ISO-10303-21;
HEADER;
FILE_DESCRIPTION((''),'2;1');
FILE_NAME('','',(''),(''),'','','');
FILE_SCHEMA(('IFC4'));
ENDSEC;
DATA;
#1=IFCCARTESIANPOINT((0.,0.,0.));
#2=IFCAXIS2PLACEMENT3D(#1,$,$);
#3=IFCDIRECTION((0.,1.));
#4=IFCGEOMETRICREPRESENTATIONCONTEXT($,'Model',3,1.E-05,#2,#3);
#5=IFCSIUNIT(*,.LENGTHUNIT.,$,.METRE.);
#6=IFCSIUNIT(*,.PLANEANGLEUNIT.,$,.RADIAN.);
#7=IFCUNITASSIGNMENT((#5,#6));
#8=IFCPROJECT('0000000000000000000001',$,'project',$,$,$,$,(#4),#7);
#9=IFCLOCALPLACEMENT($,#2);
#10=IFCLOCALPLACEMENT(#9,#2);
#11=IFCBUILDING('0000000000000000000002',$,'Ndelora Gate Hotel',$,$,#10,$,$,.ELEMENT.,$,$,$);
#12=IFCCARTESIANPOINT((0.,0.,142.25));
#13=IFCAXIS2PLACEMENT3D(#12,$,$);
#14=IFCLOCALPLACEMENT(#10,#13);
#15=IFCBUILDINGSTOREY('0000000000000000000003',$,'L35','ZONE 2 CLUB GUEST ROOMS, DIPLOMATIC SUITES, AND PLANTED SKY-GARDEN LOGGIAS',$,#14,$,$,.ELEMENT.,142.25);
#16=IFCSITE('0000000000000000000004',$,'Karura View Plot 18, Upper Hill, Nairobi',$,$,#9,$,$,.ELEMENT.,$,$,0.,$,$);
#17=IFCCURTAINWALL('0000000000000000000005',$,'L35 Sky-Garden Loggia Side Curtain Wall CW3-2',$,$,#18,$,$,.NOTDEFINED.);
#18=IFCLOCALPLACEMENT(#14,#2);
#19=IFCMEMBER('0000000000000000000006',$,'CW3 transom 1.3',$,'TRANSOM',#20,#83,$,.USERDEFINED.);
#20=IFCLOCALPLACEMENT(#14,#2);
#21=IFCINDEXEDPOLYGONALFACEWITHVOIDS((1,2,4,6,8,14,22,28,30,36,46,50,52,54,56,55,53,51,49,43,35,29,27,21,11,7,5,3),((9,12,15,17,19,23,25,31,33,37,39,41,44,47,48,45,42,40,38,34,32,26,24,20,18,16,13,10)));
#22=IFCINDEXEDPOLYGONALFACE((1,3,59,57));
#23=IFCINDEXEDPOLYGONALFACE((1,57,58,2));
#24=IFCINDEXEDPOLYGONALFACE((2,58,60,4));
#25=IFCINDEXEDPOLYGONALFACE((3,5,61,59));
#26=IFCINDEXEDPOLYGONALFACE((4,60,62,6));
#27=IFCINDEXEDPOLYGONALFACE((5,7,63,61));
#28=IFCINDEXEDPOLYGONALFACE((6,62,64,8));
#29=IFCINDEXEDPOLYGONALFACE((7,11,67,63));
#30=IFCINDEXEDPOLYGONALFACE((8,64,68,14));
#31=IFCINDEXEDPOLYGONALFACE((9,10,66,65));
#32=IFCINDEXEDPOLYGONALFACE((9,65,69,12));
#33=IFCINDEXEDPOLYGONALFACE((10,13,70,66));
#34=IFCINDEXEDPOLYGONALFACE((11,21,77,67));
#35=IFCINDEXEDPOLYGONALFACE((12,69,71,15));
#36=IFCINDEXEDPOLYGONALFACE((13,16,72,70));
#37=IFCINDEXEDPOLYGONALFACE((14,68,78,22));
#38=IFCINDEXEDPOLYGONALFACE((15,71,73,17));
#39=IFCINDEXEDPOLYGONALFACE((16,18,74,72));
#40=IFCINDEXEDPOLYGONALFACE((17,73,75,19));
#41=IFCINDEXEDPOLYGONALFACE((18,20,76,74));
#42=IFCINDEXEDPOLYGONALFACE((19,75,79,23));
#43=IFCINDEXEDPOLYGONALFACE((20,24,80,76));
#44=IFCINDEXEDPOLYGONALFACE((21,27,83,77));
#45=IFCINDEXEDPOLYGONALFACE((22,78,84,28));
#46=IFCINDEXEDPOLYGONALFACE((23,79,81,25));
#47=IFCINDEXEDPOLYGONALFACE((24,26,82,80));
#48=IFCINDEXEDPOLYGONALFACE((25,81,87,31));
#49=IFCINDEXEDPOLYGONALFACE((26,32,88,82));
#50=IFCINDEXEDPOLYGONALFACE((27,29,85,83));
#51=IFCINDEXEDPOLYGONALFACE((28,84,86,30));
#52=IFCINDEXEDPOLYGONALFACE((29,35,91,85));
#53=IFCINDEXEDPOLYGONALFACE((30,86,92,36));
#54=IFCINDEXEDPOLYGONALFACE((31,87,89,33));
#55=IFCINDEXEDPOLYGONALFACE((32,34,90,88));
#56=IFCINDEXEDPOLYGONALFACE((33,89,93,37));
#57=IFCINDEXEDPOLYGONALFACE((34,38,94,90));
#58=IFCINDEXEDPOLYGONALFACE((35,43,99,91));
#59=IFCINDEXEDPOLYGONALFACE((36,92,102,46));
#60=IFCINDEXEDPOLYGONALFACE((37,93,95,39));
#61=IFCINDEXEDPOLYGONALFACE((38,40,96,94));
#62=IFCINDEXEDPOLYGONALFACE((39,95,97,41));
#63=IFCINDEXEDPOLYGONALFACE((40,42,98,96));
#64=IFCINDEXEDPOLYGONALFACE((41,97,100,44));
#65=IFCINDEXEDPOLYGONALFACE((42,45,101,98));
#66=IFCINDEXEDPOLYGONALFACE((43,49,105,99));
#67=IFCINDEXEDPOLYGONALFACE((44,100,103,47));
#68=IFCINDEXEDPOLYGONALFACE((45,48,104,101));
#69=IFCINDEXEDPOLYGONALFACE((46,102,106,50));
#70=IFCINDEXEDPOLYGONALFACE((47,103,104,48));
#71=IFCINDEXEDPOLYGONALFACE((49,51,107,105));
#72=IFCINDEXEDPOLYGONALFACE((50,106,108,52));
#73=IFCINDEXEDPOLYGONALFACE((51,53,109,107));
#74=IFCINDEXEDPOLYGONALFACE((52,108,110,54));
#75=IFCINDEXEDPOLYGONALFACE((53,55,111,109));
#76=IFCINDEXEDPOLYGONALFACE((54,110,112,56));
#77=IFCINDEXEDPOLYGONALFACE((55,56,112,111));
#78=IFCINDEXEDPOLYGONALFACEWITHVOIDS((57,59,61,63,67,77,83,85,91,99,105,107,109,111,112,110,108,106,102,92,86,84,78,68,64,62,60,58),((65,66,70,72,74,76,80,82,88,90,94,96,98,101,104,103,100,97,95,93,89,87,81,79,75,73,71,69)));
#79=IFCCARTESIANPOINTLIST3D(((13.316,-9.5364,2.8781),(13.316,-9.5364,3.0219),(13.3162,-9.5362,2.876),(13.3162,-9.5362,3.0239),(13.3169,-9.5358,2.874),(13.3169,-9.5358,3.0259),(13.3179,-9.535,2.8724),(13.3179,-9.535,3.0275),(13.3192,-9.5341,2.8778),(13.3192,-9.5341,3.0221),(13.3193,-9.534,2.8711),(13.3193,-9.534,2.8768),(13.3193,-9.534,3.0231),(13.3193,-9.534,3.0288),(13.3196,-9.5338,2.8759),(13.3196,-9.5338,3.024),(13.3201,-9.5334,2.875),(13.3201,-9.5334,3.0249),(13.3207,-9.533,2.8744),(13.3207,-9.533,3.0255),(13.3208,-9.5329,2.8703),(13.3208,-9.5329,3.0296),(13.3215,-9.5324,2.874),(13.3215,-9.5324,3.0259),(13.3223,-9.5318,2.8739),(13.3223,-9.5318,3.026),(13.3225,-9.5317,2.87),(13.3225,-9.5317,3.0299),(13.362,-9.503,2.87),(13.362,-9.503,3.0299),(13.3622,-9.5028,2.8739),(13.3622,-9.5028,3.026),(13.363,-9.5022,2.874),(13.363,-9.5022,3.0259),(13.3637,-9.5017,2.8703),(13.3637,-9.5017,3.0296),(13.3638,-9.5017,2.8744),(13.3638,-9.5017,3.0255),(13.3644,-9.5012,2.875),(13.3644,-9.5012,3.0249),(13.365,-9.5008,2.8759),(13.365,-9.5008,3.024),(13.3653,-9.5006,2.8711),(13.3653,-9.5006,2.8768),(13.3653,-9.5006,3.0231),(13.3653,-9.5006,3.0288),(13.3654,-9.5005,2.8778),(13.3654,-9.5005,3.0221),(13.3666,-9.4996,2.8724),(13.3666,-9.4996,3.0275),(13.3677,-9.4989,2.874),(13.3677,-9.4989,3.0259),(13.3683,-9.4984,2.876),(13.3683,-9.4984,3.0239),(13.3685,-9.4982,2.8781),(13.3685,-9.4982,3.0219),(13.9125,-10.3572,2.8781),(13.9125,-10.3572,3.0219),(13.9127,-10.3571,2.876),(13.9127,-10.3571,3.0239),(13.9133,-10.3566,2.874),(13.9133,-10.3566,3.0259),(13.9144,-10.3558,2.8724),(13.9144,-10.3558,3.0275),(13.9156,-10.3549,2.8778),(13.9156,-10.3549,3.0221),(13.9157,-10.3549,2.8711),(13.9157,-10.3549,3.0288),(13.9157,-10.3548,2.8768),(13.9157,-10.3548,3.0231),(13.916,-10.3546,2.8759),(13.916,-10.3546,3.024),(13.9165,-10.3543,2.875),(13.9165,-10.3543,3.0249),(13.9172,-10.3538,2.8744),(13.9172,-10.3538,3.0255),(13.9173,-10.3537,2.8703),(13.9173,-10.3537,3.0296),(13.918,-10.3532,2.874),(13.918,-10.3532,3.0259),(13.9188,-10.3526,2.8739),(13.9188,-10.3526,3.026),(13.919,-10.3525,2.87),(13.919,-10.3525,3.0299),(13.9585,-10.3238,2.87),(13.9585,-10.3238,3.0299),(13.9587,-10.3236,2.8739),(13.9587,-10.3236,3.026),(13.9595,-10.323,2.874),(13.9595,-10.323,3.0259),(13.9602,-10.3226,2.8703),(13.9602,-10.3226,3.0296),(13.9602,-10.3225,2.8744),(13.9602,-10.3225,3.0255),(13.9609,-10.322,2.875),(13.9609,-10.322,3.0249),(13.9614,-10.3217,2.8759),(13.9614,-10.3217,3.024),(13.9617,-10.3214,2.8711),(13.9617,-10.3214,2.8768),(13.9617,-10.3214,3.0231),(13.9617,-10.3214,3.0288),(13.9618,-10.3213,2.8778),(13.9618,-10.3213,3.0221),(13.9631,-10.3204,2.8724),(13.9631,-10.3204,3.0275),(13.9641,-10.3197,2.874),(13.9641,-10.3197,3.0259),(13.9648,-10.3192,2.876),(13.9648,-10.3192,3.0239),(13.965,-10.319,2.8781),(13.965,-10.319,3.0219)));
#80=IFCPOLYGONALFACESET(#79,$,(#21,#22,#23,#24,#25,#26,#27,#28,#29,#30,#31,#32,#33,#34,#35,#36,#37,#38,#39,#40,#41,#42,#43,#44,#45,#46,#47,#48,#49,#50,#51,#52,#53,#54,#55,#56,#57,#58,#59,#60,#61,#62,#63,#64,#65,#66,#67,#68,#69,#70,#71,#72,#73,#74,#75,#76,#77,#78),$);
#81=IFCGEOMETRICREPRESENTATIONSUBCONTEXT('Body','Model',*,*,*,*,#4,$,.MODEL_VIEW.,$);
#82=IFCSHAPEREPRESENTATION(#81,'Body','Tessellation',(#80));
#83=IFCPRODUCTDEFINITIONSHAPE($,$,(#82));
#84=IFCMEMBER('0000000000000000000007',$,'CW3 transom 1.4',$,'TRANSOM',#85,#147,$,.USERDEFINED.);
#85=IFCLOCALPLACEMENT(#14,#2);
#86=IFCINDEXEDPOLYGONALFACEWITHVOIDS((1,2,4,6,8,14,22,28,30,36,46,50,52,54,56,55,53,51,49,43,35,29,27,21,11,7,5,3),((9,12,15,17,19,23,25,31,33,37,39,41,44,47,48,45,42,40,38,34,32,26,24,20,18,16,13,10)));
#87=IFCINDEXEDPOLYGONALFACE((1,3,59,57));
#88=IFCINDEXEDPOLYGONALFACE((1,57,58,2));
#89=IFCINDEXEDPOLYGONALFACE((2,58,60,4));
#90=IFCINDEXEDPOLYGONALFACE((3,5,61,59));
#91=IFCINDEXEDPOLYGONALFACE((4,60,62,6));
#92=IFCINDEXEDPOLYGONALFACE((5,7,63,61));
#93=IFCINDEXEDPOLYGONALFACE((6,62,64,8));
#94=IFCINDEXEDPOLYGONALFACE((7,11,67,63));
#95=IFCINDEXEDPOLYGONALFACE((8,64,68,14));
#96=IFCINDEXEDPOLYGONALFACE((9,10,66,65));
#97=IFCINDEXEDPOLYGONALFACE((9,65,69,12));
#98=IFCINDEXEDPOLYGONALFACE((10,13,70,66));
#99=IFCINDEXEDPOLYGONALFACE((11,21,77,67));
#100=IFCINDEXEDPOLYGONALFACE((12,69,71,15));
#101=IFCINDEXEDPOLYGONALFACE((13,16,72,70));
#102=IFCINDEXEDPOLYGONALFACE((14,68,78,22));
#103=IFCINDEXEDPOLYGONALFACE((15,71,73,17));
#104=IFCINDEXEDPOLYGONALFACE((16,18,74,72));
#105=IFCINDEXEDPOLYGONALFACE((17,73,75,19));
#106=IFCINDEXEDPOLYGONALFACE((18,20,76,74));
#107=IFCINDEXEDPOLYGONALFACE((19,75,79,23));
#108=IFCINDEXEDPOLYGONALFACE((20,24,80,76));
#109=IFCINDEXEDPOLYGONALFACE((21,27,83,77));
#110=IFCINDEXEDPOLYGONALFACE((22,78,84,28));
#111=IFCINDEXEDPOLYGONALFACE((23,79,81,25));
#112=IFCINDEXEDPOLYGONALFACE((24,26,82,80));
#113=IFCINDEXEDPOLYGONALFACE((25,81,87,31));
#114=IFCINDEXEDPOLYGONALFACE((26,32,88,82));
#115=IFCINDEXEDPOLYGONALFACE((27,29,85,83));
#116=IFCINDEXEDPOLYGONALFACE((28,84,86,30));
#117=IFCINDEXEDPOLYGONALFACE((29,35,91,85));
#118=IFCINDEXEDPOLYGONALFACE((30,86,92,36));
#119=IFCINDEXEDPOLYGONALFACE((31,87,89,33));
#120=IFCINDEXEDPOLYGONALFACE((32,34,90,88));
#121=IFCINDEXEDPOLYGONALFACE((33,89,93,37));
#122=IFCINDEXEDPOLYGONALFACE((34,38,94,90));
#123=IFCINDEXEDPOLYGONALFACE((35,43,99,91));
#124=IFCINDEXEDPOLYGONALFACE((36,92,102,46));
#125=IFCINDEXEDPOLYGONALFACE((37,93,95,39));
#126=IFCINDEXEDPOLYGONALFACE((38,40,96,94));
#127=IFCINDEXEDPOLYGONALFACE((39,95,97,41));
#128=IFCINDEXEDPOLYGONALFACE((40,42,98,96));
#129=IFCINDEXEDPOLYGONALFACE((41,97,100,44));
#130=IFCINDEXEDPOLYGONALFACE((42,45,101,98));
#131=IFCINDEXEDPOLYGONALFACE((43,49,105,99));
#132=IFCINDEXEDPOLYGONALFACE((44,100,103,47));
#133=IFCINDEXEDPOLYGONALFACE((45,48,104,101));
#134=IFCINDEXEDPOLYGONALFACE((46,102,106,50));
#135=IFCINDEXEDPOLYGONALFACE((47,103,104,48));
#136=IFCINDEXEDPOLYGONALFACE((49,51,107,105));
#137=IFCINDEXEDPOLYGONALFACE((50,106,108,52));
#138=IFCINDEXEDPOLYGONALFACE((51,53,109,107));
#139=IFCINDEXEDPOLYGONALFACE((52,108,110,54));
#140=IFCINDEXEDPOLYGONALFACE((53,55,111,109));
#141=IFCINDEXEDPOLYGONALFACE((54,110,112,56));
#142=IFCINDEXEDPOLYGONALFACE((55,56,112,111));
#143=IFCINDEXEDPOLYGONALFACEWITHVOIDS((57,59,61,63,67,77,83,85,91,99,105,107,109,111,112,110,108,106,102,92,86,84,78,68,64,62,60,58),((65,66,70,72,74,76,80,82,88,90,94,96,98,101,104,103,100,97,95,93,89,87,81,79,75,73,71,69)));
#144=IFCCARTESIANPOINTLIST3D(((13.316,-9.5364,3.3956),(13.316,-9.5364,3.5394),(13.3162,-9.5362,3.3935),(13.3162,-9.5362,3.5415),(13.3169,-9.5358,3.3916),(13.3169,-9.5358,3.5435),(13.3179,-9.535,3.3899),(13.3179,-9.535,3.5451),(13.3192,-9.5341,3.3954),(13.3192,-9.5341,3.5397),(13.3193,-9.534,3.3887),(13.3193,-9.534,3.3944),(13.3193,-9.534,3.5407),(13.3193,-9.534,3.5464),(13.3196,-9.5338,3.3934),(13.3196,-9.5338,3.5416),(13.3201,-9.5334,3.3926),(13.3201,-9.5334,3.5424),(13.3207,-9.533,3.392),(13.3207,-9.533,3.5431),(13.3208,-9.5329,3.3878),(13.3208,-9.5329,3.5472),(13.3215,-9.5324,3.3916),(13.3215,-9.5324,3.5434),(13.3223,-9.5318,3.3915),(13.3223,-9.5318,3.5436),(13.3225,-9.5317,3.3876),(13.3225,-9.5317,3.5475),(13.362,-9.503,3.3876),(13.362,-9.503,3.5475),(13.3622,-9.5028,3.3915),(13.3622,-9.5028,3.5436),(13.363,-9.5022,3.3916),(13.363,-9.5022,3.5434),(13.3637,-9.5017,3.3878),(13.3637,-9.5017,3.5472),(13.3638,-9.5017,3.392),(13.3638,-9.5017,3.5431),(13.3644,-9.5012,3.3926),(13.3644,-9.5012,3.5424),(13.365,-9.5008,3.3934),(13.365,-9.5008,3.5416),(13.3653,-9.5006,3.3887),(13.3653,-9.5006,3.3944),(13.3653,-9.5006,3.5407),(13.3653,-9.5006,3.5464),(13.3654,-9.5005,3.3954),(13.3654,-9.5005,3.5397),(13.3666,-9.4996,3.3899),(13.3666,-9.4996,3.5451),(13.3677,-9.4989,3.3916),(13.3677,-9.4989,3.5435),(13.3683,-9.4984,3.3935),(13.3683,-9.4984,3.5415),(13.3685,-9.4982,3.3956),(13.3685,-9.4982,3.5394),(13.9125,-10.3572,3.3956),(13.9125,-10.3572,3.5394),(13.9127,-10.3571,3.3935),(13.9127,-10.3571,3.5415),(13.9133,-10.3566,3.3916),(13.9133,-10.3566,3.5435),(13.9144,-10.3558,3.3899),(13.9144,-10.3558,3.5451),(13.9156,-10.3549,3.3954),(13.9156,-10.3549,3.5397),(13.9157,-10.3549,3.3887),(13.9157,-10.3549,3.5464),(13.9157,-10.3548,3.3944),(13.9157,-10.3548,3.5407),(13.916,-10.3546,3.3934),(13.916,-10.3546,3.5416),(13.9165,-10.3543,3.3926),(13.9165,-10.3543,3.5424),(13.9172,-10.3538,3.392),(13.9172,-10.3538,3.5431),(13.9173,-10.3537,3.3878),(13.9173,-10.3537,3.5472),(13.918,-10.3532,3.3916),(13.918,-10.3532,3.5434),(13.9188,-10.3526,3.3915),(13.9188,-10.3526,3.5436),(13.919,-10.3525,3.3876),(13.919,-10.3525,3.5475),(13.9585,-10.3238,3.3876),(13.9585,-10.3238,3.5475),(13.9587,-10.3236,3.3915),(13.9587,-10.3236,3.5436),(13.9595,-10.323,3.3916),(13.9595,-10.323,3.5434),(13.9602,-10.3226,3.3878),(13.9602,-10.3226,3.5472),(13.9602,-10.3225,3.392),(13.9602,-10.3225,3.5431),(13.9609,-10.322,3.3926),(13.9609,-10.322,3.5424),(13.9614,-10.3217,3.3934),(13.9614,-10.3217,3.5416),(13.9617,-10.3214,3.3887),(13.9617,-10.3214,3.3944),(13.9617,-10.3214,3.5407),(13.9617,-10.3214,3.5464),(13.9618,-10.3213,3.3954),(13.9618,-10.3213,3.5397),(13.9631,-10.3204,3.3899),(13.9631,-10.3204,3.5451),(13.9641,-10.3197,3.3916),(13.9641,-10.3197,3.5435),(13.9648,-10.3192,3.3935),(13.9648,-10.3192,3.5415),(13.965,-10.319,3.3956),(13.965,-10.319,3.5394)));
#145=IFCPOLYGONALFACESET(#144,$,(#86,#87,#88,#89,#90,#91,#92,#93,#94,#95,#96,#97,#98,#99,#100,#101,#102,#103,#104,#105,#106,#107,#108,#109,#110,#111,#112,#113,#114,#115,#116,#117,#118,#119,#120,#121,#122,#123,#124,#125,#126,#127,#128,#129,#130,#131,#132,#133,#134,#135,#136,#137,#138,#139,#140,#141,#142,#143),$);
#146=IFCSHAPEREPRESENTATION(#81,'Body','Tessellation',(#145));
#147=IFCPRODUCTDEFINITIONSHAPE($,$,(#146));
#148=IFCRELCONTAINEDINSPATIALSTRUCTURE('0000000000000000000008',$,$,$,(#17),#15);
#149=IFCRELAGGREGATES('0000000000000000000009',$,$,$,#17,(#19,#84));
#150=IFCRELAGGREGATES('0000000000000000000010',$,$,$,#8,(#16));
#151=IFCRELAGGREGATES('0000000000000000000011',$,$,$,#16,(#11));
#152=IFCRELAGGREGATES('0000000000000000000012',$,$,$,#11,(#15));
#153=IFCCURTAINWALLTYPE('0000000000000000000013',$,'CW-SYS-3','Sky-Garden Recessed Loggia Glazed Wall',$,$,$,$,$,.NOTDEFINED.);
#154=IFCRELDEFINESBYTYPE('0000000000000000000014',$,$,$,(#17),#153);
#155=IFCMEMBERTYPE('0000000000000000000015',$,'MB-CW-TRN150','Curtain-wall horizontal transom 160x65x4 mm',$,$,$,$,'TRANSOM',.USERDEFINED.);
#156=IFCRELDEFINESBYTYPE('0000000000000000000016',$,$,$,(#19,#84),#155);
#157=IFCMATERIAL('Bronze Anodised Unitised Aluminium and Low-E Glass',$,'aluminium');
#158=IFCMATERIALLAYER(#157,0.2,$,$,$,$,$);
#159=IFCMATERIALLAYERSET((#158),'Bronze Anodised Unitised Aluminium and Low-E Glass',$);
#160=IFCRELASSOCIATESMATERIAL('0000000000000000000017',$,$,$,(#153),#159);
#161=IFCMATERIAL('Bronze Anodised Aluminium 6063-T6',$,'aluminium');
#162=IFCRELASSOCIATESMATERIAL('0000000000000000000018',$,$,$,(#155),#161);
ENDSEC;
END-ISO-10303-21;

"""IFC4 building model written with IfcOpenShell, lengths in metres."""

from ifc_helpers import new_model, si_unit, direction, frame, origin, origin_2d, place, context, subcontext, project, spatial, hollow_rectangle, extrude, material, layer, layer_set, material_profile, profile_set, type_object, element, aggregate, save


model = new_model("IFC4")

# Units and contexts
model_context = context("Model", 3, precision=1e-05, world=origin(), true_north=direction((0.0, 1.0)))
body_context = subcontext(model_context, "Body", "Model", "MODEL_VIEW")
ifc_project = project(units=[si_unit("LENGTHUNIT", "METRE"), si_unit("PLANEANGLEUNIT", "RADIAN")], contexts=[model_context])

# Site, building, storey
site_placement = place(None, origin())
site = spatial("IfcSite", under=ifc_project, at=site_placement, Name="Karura View Plot 18, Upper Hill, Nairobi", CompositionType="ELEMENT", RefElevation=0.0)
building_placement = place(site_placement, origin())
building = spatial("IfcBuilding", under=site, at=building_placement, Name="Ndelora Gate Hotel", CompositionType="ELEMENT")
storey_placement = place(building_placement, frame((0.0, 0.0, 142.25)))
storey = spatial("IfcBuildingStorey", under=building, at=storey_placement, Name="L35", Description="ZONE 2 CLUB GUEST ROOMS, DIPLOMATIC SUITES, AND PLANTED SKY-GARDEN LOGGIAS", CompositionType="ELEMENT", Elevation=142.25)

# Curtain wall, members
ifc_material_1 = material(Name="Bronze Anodised Unitised Aluminium and Low-E Glass", Category="aluminium")
ifc_layer_1 = layer(ifc_material_1, 0.2)
ifc_layer_set_1 = layer_set([ifc_layer_1], Name="Bronze Anodised Unitised Aluminium and Low-E Glass")
curtain_wall_type = type_object("IfcCurtainWallType", Name="CW-SYS-3", Description="Sky-Garden Recessed Loggia Glazed Wall", PredefinedType="NOTDEFINED", material=ifc_layer_set_1)
curtain_wall_placement = place(storey_placement, origin())
curtain_wall = element("IfcCurtainWall", 1, at=curtain_wall_placement, inside=storey, type_object=curtain_wall_type, Name="L35 Sky-Garden Loggia Side Curtain Wall CW3-2", PredefinedType="NOTDEFINED")
ifc_material_2 = material(Name="Bronze Anodised Aluminium 6063-T6", Category="aluminium")
ifc_material_profile_1 = material_profile(ifc_material_2, hollow_rectangle(XDim=0.0649, YDim=0.1599, WallThickness=0.0039, InnerFilletRadius=0.0039, OuterFilletRadius=0.0081, at=origin_2d()), Name="ALU 160x65x4")
ifc_profile_set_1 = profile_set([ifc_material_profile_1], Name="Bronze Anodised Aluminium 6063-T6")
member_type_1 = type_object("IfcMemberType", Name="MB-CW-TRN150", Description="Curtain-wall horizontal transom 160x65x4 mm", ElementType="TRANSOM", PredefinedType="USERDEFINED", material=ifc_profile_set_1)
member_1_placement = place(storey_placement, frame((13.9387, -10.3381, 2.95), z_axis=(-0.587843, 0.808975, 0.0), x_axis=(-0.808975, -0.587843, 0.0)))
member_1 = element("IfcMember", 2, at=member_1_placement, type_object=member_type_1, Name="CW3 transom 1.3", ObjectType="TRANSOM", PredefinedType="USERDEFINED", context=body_context, shape_type="SweptSolid", body=[
    extrude(hollow_rectangle(XDim=0.0649, YDim=0.1599, WallThickness=0.0039, InnerFilletRadius=0.0039, OuterFilletRadius=0.0081, at=origin_2d()), origin(), (0.0, 0.0, 1.0), 1.0146),
])
member_2_placement = place(storey_placement, frame((13.9387, -10.3381, 3.4675), z_axis=(-0.587843, 0.808975, 0.0), x_axis=(-0.808975, -0.587843, 0.0)))
member_2 = element("IfcMember", 3, at=member_2_placement, type_object=member_type_1, Name="CW3 transom 1.4", ObjectType="TRANSOM", PredefinedType="USERDEFINED", context=body_context, shape_type="SweptSolid", body=[
    extrude(hollow_rectangle(XDim=0.0649, YDim=0.1599, WallThickness=0.0039, InnerFilletRadius=0.0039, OuterFilletRadius=0.0081, at=origin_2d()), origin(), (0.0, 0.0, 1.0), 1.0146),
])
aggregate(curtain_wall, [member_1, member_2])

save(model, "model.ifc")
